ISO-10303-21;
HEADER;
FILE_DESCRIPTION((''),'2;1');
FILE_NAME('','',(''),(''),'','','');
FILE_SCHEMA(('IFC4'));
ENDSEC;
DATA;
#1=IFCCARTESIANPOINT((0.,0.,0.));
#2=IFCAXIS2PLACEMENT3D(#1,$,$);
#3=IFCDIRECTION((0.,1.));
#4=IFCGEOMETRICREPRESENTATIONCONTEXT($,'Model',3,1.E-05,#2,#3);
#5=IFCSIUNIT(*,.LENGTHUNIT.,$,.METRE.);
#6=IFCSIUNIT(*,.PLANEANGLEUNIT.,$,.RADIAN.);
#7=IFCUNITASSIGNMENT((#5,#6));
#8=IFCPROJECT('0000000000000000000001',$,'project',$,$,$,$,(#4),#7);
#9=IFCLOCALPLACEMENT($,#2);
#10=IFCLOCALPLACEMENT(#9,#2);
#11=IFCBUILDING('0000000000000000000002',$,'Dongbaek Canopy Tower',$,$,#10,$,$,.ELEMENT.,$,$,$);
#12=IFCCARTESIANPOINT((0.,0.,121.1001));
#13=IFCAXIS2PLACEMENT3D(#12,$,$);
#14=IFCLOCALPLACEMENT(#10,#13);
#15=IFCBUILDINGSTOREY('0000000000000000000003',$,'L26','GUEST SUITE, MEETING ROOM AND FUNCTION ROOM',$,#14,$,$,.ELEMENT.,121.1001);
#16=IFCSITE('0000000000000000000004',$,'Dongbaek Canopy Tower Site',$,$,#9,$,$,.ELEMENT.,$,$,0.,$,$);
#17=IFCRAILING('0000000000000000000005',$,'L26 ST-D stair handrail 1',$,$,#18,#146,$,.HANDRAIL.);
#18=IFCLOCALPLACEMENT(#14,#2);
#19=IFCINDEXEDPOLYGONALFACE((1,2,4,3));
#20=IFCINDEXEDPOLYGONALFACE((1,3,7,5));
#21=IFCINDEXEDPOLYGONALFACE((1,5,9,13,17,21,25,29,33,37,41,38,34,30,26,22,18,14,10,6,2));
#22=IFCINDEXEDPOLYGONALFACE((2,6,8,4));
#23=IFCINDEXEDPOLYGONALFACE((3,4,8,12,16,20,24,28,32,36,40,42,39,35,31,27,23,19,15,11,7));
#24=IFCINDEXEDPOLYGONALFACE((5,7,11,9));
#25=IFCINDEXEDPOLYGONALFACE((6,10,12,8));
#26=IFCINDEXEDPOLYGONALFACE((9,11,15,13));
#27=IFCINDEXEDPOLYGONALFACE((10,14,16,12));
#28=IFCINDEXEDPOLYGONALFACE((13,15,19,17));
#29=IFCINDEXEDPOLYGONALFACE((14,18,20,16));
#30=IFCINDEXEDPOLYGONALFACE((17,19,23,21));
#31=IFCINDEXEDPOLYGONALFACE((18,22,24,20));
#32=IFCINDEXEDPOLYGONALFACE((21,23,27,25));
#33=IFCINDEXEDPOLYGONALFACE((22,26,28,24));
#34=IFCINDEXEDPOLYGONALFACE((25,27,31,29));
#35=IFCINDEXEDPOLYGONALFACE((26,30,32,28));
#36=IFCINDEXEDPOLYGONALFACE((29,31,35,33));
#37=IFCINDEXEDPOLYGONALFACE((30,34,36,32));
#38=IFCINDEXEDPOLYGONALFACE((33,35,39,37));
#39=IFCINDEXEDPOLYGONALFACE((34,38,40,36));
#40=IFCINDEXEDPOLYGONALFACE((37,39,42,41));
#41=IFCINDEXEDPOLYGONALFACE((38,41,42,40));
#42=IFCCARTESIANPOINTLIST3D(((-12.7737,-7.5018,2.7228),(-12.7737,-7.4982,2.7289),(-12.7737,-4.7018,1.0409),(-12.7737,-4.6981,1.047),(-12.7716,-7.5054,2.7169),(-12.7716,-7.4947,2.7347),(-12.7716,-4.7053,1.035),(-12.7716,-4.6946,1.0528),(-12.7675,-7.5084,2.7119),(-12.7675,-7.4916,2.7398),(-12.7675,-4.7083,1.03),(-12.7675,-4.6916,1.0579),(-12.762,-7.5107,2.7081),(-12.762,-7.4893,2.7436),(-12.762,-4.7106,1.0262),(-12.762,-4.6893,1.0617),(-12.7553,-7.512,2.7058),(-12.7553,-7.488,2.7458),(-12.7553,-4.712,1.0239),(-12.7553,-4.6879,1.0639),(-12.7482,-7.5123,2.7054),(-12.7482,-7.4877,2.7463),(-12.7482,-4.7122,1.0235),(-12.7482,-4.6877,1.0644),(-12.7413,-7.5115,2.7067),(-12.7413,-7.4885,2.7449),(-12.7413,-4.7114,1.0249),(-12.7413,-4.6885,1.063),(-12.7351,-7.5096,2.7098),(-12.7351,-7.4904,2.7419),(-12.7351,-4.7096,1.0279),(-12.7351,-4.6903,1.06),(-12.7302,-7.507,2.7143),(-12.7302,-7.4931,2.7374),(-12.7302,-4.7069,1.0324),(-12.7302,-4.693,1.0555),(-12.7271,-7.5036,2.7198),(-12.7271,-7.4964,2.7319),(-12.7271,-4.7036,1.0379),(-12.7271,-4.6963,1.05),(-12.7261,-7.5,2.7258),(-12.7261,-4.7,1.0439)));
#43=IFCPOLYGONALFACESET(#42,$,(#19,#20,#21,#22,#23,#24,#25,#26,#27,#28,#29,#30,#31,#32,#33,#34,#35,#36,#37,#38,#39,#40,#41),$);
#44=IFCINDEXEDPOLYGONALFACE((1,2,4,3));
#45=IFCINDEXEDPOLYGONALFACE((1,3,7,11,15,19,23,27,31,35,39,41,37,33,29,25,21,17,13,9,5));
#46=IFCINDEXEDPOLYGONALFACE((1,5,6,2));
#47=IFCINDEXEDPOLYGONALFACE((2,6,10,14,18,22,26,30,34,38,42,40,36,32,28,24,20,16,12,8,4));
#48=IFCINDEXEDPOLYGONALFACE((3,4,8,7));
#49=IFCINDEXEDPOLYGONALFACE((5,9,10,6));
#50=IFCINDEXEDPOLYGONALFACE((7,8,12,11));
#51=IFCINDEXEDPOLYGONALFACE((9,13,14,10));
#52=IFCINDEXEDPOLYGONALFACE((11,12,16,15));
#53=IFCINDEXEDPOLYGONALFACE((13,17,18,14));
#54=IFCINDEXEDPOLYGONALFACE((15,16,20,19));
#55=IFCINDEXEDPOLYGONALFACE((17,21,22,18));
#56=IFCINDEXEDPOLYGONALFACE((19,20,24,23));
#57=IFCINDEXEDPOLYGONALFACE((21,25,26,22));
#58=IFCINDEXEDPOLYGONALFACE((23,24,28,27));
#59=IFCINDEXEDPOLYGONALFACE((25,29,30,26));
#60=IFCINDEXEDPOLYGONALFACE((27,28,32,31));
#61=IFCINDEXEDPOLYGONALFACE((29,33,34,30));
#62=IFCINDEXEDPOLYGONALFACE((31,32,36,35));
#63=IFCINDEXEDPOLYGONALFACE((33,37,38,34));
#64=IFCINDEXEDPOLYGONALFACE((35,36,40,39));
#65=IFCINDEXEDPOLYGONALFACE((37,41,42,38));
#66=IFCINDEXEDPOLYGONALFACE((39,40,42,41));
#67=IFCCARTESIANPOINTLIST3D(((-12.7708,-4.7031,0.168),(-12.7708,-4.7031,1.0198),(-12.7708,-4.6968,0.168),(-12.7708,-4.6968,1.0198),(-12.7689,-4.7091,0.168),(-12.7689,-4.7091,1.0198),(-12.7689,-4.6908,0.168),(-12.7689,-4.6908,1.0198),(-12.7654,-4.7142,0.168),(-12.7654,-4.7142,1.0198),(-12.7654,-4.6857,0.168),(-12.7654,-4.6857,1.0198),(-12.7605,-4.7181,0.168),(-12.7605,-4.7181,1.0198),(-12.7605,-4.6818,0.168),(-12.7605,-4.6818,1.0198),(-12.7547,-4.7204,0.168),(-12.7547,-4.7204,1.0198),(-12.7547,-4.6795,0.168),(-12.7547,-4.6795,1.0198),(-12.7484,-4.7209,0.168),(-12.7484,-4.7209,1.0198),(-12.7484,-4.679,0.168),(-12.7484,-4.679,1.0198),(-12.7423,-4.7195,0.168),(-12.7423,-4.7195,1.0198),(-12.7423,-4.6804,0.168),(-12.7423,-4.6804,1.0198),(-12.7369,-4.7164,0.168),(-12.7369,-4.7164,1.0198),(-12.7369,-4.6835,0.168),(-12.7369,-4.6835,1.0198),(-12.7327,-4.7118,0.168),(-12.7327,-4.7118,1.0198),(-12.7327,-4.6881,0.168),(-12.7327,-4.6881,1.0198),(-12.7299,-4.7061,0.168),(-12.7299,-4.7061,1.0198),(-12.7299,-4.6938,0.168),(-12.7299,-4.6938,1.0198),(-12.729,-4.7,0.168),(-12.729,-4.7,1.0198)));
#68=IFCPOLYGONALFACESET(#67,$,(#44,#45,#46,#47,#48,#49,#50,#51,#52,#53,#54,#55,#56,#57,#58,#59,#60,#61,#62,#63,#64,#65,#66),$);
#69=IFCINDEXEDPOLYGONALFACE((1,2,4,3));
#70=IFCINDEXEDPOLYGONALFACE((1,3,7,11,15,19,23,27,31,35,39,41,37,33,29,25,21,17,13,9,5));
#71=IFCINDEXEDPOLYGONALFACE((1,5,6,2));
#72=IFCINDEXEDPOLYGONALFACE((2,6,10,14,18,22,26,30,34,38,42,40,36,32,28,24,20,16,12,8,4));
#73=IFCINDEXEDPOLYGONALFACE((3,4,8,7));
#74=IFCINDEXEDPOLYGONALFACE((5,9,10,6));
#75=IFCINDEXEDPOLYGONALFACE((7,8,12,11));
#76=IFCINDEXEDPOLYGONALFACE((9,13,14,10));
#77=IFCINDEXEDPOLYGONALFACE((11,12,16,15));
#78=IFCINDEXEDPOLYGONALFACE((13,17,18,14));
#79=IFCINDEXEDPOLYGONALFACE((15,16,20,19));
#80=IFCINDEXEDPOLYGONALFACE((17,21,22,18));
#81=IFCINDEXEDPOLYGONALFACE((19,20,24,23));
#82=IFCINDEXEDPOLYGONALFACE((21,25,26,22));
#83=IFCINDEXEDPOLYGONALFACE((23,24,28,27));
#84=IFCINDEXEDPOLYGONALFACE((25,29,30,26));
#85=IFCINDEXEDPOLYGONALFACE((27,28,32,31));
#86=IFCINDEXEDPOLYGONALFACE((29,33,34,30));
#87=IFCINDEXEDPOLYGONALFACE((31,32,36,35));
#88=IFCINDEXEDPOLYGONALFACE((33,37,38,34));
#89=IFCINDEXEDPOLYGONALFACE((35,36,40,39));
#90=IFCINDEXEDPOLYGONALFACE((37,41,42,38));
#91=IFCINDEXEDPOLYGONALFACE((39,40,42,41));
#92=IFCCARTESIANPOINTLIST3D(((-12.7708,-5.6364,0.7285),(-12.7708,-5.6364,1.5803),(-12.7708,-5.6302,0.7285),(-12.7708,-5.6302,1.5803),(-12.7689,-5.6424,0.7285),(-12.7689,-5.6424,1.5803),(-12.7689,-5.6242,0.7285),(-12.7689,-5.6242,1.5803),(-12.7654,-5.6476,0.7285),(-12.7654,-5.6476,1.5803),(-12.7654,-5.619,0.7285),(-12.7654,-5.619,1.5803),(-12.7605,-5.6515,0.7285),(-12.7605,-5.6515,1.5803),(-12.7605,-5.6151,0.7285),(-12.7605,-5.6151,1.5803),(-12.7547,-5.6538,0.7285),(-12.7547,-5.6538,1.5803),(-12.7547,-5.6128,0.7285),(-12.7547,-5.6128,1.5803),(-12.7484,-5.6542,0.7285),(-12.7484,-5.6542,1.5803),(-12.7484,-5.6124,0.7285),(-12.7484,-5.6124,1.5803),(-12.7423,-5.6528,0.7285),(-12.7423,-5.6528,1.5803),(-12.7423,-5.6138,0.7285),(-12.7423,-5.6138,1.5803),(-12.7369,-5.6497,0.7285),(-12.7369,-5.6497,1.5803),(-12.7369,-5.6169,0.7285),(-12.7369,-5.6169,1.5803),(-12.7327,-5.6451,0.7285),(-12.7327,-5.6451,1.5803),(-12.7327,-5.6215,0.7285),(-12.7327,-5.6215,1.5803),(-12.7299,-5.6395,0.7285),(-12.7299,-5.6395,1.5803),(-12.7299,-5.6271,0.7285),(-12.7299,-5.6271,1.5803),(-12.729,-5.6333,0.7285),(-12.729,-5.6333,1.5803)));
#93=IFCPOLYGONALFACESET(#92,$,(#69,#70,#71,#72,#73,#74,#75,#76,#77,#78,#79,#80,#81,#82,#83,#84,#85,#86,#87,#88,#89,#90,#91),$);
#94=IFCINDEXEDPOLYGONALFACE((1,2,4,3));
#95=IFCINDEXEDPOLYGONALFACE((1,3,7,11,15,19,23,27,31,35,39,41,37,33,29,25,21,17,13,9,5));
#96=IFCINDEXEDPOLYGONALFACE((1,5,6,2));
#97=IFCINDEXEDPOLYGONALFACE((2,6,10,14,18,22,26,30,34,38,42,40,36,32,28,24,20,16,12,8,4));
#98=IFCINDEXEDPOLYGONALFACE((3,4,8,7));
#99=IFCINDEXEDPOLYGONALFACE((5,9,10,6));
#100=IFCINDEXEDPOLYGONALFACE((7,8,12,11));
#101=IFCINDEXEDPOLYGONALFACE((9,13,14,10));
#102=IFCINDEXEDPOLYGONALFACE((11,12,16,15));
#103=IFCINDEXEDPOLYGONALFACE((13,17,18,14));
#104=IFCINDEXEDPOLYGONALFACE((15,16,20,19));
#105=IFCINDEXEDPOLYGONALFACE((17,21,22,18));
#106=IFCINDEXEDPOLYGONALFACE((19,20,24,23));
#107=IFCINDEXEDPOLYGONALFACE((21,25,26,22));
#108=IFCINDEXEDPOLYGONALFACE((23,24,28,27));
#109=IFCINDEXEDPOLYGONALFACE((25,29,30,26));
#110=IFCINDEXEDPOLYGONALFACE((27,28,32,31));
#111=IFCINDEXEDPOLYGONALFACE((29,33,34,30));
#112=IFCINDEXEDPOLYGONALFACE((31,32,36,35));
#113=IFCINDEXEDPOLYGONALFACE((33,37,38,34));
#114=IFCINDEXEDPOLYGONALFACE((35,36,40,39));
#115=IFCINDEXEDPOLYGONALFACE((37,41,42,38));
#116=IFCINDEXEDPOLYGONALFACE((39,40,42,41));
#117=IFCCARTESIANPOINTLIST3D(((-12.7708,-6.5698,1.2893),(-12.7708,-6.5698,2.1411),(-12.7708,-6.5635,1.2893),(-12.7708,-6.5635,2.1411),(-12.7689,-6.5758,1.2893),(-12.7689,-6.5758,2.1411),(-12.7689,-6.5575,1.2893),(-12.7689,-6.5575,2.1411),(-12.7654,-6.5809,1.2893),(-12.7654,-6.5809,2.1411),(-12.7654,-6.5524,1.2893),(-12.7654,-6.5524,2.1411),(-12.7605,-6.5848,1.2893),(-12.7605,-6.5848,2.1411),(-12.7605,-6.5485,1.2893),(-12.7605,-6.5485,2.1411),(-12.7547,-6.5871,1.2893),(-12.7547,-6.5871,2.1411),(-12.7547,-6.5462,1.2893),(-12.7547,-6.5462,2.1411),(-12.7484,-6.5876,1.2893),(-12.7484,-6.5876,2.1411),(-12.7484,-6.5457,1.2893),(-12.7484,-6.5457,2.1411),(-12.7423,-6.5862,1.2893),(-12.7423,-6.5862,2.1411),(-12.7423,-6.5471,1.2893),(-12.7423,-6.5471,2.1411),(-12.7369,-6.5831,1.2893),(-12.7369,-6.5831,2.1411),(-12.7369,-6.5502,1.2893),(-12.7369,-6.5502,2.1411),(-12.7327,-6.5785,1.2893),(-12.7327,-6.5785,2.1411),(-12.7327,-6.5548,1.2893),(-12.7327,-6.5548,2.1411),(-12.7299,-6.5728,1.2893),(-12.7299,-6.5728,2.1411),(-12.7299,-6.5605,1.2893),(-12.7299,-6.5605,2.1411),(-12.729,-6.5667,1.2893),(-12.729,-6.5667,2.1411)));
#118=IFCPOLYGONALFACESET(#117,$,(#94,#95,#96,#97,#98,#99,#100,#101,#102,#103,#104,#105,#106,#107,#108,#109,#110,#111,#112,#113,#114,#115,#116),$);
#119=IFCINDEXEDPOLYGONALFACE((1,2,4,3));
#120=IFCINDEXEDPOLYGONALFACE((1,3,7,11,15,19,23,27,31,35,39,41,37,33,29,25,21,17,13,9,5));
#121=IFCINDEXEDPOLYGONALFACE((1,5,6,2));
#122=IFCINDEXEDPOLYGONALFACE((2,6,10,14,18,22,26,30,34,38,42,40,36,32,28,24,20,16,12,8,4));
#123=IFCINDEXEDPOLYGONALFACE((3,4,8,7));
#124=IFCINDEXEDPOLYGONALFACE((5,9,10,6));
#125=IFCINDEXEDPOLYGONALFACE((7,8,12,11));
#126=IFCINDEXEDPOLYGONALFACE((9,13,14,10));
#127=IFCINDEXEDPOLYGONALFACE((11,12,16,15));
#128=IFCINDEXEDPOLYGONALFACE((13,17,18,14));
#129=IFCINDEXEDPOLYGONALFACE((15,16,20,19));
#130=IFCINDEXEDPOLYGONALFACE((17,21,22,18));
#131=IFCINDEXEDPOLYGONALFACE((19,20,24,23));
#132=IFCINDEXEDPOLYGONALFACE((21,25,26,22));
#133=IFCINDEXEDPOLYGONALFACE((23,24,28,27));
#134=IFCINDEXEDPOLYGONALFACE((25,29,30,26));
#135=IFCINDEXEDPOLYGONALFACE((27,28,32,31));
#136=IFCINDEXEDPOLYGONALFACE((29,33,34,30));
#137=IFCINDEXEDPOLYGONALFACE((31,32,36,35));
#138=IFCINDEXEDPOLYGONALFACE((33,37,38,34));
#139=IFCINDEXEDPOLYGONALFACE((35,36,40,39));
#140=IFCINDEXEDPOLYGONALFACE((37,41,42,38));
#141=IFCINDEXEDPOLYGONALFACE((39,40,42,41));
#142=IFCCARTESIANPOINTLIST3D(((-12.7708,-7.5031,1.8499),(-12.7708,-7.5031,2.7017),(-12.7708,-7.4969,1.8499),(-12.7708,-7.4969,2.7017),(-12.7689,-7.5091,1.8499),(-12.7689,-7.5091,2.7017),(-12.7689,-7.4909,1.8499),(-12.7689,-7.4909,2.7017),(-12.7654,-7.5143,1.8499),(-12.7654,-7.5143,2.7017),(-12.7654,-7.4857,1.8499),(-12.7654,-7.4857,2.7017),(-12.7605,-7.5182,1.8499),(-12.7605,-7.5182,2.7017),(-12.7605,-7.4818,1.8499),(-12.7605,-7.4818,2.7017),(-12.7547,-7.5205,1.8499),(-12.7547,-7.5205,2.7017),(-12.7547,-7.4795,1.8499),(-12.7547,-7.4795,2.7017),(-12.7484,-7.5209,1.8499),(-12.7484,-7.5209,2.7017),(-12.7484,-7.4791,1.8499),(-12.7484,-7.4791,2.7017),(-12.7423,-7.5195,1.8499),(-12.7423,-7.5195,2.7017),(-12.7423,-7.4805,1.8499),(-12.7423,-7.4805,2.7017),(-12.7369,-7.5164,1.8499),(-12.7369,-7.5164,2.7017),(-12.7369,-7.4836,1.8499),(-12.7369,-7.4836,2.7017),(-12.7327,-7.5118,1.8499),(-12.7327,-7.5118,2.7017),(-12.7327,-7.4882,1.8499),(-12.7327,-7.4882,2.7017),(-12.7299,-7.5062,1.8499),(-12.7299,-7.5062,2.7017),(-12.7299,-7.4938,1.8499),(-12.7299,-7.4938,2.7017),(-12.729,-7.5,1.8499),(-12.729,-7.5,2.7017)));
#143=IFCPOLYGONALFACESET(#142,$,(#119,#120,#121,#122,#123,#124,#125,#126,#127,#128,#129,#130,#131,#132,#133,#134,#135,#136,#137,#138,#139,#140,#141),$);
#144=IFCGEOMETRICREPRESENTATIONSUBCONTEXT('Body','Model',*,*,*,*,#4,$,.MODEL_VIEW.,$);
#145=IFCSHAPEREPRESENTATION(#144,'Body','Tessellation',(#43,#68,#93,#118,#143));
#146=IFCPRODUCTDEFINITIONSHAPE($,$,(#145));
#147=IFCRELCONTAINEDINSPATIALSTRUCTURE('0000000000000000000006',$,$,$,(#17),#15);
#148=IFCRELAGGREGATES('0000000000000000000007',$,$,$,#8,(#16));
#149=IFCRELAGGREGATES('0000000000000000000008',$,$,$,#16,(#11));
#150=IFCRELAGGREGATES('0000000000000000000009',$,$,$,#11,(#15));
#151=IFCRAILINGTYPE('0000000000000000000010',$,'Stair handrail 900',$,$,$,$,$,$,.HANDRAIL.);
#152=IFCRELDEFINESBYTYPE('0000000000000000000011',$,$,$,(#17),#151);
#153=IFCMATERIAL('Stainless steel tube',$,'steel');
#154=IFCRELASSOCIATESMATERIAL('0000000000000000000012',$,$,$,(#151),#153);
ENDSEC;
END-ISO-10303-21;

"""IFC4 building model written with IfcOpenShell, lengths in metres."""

from ifc_helpers import new_model, si_unit, direction, frame, origin, origin_2d, place, context, subcontext, project, spatial, circle, extrude, material, type_object, element, save


model = new_model("IFC4")

# Units and contexts
model_context = context("Model", 3, precision=1e-05, world=origin(), true_north=direction((0.0, 1.0)))
body_context = subcontext(model_context, "Body", "Model", "MODEL_VIEW")
ifc_project = project(units=[si_unit("LENGTHUNIT", "METRE"), si_unit("PLANEANGLEUNIT", "RADIAN")], contexts=[model_context])

# Site, building, storey
site_placement = place(None, origin())
site = spatial("IfcSite", under=ifc_project, at=site_placement, Name="Dongbaek Canopy Tower Site", CompositionType="ELEMENT", RefElevation=0.0)
building_placement = place(site_placement, origin())
building = spatial("IfcBuilding", under=site, at=building_placement, Name="Dongbaek Canopy Tower", CompositionType="ELEMENT")
storey_placement = place(building_placement, frame((0.0, 0.0, 121.1001)))
storey = spatial("IfcBuildingStorey", under=building, at=storey_placement, Name="L26", Description="GUEST SUITE, MEETING ROOM AND FUNCTION ROOM", CompositionType="ELEMENT", Elevation=121.1001)

# Railing
ifc_material_1 = material(Name="Stainless steel tube", Category="steel")
railing_type_1 = type_object("IfcRailingType", Name="Stair handrail 900", PredefinedType="HANDRAIL", material=ifc_material_1)
railing_1_placement = place(storey_placement, frame((-12.75, -4.7, 0.168)))
element("IfcRailing", 1, at=railing_1_placement, inside=storey, type_object=railing_type_1, Name="L26 ST-D stair handrail 1", PredefinedType="HANDRAIL", context=body_context, shape_type="SweptSolid", body=[
    extrude(circle(Radius=0.0239, at=origin_2d()), frame((0.0, 0.0, 0.876), z_axis=(0.0, -0.857242, 0.514913), x_axis=(1.0, 0.0, 0.0)), (0.0, 0.0, 1.0), 3.2664),
    extrude(circle(Radius=0.021, at=origin_2d()), origin(), (0.0, 0.0, 1.0), 0.8518),
    extrude(circle(Radius=0.021, at=origin_2d()), frame((0.0, -0.9333, 0.5605)), (0.0, 0.0, 1.0), 0.8518),
    extrude(circle(Radius=0.021, at=origin_2d()), frame((0.0, -1.8667, 1.1213)), (0.0, 0.0, 1.0), 0.8518),
    extrude(circle(Radius=0.021, at=origin_2d()), frame((0.0, -2.8, 1.6819)), (0.0, 0.0, 1.0), 0.8518),
])

save(model, "model.ifc")
